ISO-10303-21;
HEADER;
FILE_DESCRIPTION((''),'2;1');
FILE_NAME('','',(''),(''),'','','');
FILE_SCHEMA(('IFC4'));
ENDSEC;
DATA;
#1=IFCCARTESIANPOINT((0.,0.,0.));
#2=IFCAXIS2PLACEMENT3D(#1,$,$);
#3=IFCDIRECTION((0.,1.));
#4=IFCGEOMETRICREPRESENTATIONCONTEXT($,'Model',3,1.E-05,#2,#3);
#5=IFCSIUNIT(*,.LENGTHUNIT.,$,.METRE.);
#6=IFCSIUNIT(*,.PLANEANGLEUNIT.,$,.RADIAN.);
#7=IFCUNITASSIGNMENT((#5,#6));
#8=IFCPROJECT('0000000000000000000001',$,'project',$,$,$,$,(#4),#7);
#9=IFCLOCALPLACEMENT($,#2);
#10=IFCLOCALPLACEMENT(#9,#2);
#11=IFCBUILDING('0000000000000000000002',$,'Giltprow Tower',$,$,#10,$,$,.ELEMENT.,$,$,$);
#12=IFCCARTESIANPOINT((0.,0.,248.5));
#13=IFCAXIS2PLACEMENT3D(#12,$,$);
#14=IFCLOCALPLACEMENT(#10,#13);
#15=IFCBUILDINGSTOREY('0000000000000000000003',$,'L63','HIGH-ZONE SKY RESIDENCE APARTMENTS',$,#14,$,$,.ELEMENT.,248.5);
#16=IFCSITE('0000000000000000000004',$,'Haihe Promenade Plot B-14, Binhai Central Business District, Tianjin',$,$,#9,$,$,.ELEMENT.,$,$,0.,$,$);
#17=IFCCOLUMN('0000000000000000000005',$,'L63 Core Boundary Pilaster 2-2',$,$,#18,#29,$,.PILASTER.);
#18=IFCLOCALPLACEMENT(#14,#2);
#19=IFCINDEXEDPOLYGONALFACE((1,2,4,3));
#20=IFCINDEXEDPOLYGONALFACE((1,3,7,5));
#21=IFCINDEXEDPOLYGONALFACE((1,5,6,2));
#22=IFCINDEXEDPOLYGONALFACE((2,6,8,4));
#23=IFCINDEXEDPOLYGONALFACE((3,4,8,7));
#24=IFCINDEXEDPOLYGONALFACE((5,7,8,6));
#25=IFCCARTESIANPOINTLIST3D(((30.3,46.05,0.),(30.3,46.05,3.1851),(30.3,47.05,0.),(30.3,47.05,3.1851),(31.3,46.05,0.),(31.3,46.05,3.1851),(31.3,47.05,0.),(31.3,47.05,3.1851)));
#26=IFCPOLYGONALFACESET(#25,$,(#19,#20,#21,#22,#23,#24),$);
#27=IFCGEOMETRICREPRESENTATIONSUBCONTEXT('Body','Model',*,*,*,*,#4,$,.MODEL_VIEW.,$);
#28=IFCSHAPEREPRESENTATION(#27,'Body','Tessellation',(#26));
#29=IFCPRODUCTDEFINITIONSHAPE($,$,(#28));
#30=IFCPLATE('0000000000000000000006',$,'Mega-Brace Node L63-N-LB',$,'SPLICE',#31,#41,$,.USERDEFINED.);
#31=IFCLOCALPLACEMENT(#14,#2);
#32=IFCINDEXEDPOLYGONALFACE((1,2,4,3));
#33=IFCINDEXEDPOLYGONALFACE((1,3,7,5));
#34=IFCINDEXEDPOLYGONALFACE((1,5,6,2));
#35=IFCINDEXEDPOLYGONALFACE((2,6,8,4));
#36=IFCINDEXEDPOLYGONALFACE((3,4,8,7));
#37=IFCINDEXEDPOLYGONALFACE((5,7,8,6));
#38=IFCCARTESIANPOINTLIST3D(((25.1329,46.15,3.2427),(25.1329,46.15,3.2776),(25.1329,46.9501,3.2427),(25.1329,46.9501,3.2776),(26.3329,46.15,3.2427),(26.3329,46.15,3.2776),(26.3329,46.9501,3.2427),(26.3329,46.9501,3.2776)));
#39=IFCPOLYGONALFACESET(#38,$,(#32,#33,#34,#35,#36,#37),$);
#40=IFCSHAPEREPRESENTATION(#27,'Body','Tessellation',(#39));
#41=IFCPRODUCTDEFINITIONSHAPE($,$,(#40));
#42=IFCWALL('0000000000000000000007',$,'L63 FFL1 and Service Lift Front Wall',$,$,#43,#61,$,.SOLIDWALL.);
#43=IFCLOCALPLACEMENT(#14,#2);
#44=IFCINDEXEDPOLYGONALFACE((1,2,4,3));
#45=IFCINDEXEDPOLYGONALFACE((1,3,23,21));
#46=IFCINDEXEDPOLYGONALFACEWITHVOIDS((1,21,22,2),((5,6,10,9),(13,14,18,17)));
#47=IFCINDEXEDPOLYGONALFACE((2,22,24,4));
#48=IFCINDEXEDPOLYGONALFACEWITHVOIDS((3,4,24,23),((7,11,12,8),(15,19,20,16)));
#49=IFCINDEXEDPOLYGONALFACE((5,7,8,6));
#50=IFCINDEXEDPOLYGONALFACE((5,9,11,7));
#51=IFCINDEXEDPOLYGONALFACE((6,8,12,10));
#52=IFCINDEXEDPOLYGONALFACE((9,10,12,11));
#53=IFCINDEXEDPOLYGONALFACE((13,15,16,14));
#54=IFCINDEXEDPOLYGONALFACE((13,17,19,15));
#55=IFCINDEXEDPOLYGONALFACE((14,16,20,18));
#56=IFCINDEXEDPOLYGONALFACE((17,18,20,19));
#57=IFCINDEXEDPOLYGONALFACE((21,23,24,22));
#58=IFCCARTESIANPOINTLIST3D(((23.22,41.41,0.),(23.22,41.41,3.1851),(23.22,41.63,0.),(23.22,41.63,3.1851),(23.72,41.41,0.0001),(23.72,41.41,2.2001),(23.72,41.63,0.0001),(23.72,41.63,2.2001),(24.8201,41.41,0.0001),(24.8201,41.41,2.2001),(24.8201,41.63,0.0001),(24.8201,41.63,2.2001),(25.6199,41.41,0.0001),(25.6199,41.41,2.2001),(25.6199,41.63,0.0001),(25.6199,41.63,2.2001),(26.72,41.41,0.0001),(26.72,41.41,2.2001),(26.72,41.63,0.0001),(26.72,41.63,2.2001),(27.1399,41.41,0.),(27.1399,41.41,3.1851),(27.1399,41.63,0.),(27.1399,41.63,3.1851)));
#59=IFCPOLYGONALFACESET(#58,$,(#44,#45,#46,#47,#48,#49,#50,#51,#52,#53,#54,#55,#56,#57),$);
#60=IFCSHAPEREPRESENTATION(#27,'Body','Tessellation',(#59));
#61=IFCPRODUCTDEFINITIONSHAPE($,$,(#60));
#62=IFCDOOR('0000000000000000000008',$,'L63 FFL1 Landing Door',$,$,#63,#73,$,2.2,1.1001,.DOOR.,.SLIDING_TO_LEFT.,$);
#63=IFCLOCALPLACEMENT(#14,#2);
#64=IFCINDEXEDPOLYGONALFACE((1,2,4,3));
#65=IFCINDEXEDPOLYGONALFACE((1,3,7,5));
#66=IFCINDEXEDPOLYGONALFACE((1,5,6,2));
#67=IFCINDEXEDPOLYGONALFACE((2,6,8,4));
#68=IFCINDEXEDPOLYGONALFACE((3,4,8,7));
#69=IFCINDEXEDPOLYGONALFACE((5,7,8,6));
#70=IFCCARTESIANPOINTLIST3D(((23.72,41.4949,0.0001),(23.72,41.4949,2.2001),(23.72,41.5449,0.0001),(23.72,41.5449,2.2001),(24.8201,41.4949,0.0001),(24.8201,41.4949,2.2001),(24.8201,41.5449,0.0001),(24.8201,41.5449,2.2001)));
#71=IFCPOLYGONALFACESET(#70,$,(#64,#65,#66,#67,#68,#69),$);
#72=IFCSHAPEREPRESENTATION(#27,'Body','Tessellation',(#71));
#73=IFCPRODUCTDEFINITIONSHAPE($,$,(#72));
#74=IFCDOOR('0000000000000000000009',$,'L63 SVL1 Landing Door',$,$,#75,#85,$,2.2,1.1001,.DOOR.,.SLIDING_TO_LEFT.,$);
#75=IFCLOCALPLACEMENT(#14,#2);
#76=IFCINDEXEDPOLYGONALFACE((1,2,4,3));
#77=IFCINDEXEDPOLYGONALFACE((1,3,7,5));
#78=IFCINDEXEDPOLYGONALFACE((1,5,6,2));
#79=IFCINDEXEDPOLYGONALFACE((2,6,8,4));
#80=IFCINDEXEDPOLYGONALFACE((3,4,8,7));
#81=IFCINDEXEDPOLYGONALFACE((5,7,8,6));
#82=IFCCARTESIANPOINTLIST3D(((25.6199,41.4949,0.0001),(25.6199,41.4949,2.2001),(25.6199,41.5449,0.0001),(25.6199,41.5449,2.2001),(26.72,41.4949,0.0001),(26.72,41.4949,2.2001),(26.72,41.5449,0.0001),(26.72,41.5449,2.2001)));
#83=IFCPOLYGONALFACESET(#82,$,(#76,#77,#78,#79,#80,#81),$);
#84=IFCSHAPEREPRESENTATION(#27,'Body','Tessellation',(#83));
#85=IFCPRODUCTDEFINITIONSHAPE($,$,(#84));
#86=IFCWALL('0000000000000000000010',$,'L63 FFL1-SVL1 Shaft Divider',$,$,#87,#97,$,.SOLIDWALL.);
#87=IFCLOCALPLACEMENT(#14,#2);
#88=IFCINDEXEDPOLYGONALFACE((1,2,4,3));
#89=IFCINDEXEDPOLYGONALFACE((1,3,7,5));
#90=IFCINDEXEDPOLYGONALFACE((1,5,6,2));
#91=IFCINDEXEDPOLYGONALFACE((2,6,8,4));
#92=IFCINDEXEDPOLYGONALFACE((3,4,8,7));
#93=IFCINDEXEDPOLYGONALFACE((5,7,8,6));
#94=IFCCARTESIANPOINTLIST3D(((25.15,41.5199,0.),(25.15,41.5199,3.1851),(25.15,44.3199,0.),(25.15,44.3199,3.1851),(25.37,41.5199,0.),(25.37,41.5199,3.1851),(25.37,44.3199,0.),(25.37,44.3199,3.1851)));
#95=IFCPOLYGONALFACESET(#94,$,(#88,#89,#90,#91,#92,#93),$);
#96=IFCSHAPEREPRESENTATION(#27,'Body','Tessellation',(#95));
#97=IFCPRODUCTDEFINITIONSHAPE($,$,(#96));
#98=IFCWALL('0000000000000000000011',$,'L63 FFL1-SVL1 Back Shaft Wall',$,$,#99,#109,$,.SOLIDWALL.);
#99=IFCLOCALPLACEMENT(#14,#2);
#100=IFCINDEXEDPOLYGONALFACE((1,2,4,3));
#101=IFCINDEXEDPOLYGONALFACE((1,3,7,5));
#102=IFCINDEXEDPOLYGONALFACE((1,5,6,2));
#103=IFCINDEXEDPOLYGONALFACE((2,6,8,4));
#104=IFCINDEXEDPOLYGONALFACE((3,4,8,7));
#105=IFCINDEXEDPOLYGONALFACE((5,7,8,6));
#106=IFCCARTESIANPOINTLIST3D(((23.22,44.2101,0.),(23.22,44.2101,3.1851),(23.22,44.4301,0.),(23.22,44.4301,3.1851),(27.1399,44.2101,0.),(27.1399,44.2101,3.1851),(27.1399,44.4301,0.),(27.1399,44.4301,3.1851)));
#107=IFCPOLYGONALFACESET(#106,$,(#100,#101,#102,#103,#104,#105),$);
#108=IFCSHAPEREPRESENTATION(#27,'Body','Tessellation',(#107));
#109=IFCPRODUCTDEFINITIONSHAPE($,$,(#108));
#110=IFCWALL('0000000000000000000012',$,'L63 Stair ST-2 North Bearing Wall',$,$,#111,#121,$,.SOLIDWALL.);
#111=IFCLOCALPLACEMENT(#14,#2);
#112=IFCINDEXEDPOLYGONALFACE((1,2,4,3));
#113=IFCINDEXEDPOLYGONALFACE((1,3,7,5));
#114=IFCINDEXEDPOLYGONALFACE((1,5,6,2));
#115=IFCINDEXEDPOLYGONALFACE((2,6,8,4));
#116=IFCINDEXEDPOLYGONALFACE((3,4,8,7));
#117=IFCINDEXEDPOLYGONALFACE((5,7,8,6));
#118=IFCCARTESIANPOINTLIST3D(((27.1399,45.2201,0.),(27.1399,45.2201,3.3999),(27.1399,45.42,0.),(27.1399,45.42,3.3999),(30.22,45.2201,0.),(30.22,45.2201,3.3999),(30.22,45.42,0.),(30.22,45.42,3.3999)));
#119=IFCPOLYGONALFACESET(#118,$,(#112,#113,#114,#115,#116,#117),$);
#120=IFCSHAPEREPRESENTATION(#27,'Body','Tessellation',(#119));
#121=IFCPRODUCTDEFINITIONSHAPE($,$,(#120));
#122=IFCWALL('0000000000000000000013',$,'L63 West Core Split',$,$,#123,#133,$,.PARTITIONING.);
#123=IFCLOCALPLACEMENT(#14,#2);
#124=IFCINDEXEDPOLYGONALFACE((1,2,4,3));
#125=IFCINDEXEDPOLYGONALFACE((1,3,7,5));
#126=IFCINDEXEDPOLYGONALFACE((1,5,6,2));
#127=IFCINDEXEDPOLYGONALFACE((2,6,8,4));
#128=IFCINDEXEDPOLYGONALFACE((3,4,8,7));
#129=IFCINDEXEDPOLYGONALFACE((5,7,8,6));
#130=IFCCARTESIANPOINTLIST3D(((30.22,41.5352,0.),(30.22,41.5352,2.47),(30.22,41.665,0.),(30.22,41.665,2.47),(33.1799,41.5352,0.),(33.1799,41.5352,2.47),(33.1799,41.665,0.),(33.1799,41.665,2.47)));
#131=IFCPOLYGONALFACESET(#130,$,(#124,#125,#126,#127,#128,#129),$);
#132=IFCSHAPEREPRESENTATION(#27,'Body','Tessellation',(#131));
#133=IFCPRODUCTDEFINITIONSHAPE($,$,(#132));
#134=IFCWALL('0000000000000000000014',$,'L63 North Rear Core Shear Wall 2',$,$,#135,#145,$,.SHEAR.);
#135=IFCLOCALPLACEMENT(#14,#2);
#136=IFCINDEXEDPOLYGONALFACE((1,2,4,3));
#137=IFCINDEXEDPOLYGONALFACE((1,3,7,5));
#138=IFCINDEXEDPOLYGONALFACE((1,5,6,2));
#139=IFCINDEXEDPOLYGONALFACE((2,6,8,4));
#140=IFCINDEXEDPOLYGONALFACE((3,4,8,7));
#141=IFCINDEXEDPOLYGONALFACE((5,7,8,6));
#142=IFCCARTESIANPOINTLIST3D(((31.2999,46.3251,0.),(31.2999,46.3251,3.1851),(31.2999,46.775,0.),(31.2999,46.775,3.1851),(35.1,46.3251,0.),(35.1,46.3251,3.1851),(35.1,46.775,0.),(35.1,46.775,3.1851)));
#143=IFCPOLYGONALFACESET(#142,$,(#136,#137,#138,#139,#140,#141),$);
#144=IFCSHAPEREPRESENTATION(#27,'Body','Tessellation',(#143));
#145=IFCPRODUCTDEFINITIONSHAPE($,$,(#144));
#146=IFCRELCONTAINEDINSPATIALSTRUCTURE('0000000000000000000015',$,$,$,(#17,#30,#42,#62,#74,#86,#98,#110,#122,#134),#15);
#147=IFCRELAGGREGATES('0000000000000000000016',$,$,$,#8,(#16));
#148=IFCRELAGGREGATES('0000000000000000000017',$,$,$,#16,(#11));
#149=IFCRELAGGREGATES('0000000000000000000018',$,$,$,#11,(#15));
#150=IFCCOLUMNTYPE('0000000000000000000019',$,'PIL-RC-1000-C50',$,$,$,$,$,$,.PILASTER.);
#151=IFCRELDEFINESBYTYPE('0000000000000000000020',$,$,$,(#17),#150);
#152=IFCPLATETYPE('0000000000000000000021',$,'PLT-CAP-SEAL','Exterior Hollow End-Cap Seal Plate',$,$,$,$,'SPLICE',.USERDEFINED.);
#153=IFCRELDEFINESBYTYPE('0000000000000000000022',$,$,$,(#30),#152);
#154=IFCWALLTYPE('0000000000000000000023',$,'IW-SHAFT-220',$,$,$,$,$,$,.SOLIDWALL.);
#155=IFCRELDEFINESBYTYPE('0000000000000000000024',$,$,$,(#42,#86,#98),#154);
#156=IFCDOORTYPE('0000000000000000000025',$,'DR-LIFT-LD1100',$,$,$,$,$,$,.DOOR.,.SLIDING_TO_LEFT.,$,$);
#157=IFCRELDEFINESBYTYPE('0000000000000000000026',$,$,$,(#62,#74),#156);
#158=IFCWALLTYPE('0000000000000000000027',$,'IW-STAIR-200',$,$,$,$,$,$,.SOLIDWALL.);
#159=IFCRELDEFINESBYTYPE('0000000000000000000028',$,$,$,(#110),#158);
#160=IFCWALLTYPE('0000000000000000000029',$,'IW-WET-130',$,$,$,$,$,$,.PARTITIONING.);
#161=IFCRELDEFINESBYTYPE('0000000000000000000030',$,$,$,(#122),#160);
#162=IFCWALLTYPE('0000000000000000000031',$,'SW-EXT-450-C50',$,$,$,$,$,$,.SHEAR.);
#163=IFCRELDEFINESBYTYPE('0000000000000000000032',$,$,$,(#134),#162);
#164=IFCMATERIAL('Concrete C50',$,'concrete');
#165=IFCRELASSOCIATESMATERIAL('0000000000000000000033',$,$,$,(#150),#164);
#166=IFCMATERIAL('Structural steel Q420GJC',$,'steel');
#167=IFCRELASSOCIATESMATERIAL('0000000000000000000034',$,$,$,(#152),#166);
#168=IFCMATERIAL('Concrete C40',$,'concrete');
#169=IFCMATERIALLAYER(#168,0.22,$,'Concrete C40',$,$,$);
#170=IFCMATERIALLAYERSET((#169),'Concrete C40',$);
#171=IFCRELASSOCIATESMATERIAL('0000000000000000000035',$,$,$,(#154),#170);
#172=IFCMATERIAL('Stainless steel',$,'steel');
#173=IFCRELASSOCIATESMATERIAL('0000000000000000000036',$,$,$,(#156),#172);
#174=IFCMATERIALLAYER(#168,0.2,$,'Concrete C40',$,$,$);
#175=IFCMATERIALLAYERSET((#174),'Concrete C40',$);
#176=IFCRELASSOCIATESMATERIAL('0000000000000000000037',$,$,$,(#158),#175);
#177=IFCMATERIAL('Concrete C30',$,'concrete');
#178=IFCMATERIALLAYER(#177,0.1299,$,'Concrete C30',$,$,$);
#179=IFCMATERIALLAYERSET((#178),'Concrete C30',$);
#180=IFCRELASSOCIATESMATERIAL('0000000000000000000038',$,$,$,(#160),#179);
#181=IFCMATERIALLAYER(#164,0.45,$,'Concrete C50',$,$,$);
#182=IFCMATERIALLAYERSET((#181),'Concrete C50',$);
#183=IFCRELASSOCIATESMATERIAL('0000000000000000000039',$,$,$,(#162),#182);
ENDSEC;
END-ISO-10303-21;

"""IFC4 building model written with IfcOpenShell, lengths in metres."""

from ifc_helpers import new_model, si_unit, direction, frame, frame_2d, origin, origin_2d, place, context, subcontext, project, spatial, rectangle, extrude, source, transform, mapped, material, layer, layer_set, material_profile, profile_set, type_object, element, fill, save


model = new_model("IFC4")

# Units and contexts
model_context = context("Model", 3, precision=1e-05, world=origin(), true_north=direction((0.0, 1.0)))
body_context = subcontext(model_context, "Body", "Model", "MODEL_VIEW")
ifc_project = project(units=[si_unit("LENGTHUNIT", "METRE"), si_unit("PLANEANGLEUNIT", "RADIAN")], contexts=[model_context])

# Site, building, storey
site_placement = place(None, origin())
site = spatial("IfcSite", under=ifc_project, at=site_placement, Name="Haihe Promenade Plot B-14, Binhai Central Business District, Tianjin", CompositionType="ELEMENT", RefElevation=0.0)
building_placement = place(site_placement, origin())
building = spatial("IfcBuilding", under=site, at=building_placement, Name="Giltprow Tower", CompositionType="ELEMENT")
storey_placement = place(building_placement, frame((0.0, 0.0, 248.5)))
storey = spatial("IfcBuildingStorey", under=building, at=storey_placement, Name="L63", Description="HIGH-ZONE SKY RESIDENCE APARTMENTS", CompositionType="ELEMENT", Elevation=248.5)

# Column
ifc_material_1 = material(Name="Concrete C50", Category="concrete")
ifc_material_profile = material_profile(ifc_material_1, rectangle(XDim=1.0, YDim=1.0, at=origin_2d()), Name="RC 1000x1000")
ifc_profile_set = profile_set([ifc_material_profile], Name="Concrete C50")
column_type = type_object("IfcColumnType", Name="PIL-RC-1000-C50", PredefinedType="PILASTER", material=ifc_profile_set)
shared_shape_1 = source(origin(), body_context, "Body", "SweptSolid", [
    extrude(rectangle(XDim=1.0, YDim=1.0, at=origin_2d()), origin(), (0.0, 0.0, 1.0), 3.1851),
])
column_placement = place(storey_placement, frame((30.8, 46.55, 0.0), z_axis=(0.0, 0.0, 1.0), x_axis=(1.0, 0.0, 0.0)))
element("IfcColumn", 1, at=column_placement, inside=storey, type_object=column_type, Name="L63 Core Boundary Pilaster 2-2", PredefinedType="PILASTER", context=body_context, shape_type="MappedRepresentation", body=[
    mapped(shared_shape_1, transform((0.0, 0.0, 0.0), x_axis=(1.0, 0.0, 0.0), y_axis=(0.0, 1.0, 0.0), z_axis=(0.0, 0.0, 1.0), scale=1.0)),
])

# Plate
ifc_material_2 = material(Name="Structural steel Q420GJC", Category="steel")
plate_type = type_object("IfcPlateType", Name="PLT-CAP-SEAL", Description="Exterior Hollow End-Cap Seal Plate", ElementType="SPLICE", PredefinedType="USERDEFINED", material=ifc_material_2)
shared_shape_2 = source(origin(), body_context, "Body", "SweptSolid", [
    extrude(rectangle(XDim=1.2, YDim=0.8, at=origin_2d()), origin(), (0.0, 0.0, 1.0), 0.0349),
])
plate_placement = place(storey_placement, frame((25.7329, 46.55, 3.2427), z_axis=(0.0, 0.0, 1.0), x_axis=(1.0, 0.0, 0.0)))
element("IfcPlate", 2, at=plate_placement, inside=storey, type_object=plate_type, Name="Mega-Brace Node L63-N-LB", ObjectType="SPLICE", PredefinedType="USERDEFINED", context=body_context, shape_type="MappedRepresentation", body=[
    mapped(shared_shape_2, transform((0.0, 0.0, 0.0), x_axis=(1.0, 0.0, 0.0), y_axis=(0.0, 1.0, 0.0), z_axis=(0.0, 0.0, 1.0), scale=1.0)),
])

# Wall, openings, doors
ifc_material_3 = material(Name="Concrete C40", Category="concrete")
ifc_layer_1 = layer(ifc_material_3, 0.22, Name="Concrete C40")
ifc_layer_set_1 = layer_set([ifc_layer_1], Name="Concrete C40")
wall_type_1 = type_object("IfcWallType", Name="IW-SHAFT-220", PredefinedType="SOLIDWALL", material=ifc_layer_set_1)
wall_1_placement = place(storey_placement, frame((23.22, 41.52, 0.0), z_axis=(0.0, 0.0, 1.0), x_axis=(1.0, 0.0, 0.0)))
wall_1 = element("IfcWall", 3, at=wall_1_placement, inside=storey, type_object=wall_type_1, Name="L63 FFL1 and Service Lift Front Wall", PredefinedType="SOLIDWALL", context=body_context, shape_type="SweptSolid", body=[
    extrude(rectangle(XDim=3.9199, YDim=0.22, at=frame_2d((1.96, 0.0))), origin(), (0.0, 0.0, 1.0), 3.1851),
])
opening_1_placement = place(wall_1_placement, frame((0.5, 0.0, 0.0)))
opening_1 = element("IfcOpeningElement", 4, at=opening_1_placement, cuts=wall_1, PredefinedType="OPENING", context=body_context, shape_type="SweptSolid", body=[
    extrude(rectangle(XDim=1.1001, YDim=2.2, at=frame_2d((0.55, 1.1001))), frame((0.0, 0.1199, 0.0), z_axis=(0.0, -1.0, 0.0), x_axis=(1.0, 0.0, 0.0)), (0.0, 0.0, 1.0), 0.24),
])
opening_2_placement = place(wall_1_placement, frame((2.3999, 0.0, 0.0)))
opening_2 = element("IfcOpeningElement", 5, at=opening_2_placement, cuts=wall_1, PredefinedType="OPENING", context=body_context, shape_type="SweptSolid", body=[
    extrude(rectangle(XDim=1.1001, YDim=2.2, at=frame_2d((0.55, 1.1001))), frame((0.0, 0.1199, 0.0), z_axis=(0.0, -1.0, 0.0), x_axis=(1.0, 0.0, 0.0)), (0.0, 0.0, 1.0), 0.24),
])
ifc_material_4 = material(Name="Stainless steel", Category="steel")
door_type = type_object("IfcDoorType", Name="DR-LIFT-LD1100", OperationType="SLIDING_TO_LEFT", PredefinedType="DOOR", material=ifc_material_4)
shared_shape_3 = source(origin(), body_context, "Body", "SweptSolid", [
    extrude(rectangle(XDim=1.1001, YDim=2.2, at=frame_2d((0.55, 1.1001))), frame((0.0, 0.0249, 0.0), z_axis=(0.0, -1.0, 0.0), x_axis=(1.0, 0.0, 0.0)), (0.0, 0.0, 1.0), 0.05),
])
door_1_placement = place(opening_1_placement, origin())
door_1 = element("IfcDoor", 6, at=door_1_placement, inside=storey, type_object=door_type, Name="L63 FFL1 Landing Door", OperationType="SLIDING_TO_LEFT", OverallHeight=2.2, OverallWidth=1.1001, PredefinedType="DOOR", context=body_context, shape_type="MappedRepresentation", body=[
    mapped(shared_shape_3, transform((0.0, 0.0, 0.0), x_axis=(1.0, 0.0, 0.0), y_axis=(0.0, 1.0, 0.0), z_axis=(0.0, 0.0, 1.0), scale=1.0)),
])
fill(opening_1, door_1)
door_2_placement = place(opening_2_placement, origin())
door_2 = element("IfcDoor", 7, at=door_2_placement, inside=storey, type_object=door_type, Name="L63 SVL1 Landing Door", OperationType="SLIDING_TO_LEFT", OverallHeight=2.2, OverallWidth=1.1001, PredefinedType="DOOR", context=body_context, shape_type="MappedRepresentation", body=[
    mapped(shared_shape_3, transform((0.0, 0.0, 0.0), x_axis=(1.0, 0.0, 0.0), y_axis=(0.0, 1.0, 0.0), z_axis=(0.0, 0.0, 1.0), scale=1.0)),
])
fill(opening_2, door_2)

# Walls
wall_2_placement = place(storey_placement, frame((25.26, 41.52, 0.0), z_axis=(0.0, 0.0, 1.0), x_axis=(0.0, 1.0, 0.0)))
element("IfcWall", 8, at=wall_2_placement, inside=storey, type_object=wall_type_1, Name="L63 FFL1-SVL1 Shaft Divider", PredefinedType="SOLIDWALL", context=body_context, shape_type="SweptSolid", body=[
    extrude(rectangle(XDim=2.8, YDim=0.22, at=frame_2d((1.3999, 0.0))), origin(), (0.0, 0.0, 1.0), 3.1851),
])
wall_3_placement = place(storey_placement, frame((23.22, 44.3201, 0.0), z_axis=(0.0, 0.0, 1.0), x_axis=(1.0, 0.0, 0.0)))
element("IfcWall", 9, at=wall_3_placement, inside=storey, type_object=wall_type_1, Name="L63 FFL1-SVL1 Back Shaft Wall", PredefinedType="SOLIDWALL", context=body_context, shape_type="SweptSolid", body=[
    extrude(rectangle(XDim=3.9199, YDim=0.22, at=frame_2d((1.96, 0.0))), origin(), (0.0, 0.0, 1.0), 3.1851),
])
ifc_layer_2 = layer(ifc_material_3, 0.2, Name="Concrete C40")
ifc_layer_set_2 = layer_set([ifc_layer_2], Name="Concrete C40")
wall_type_2 = type_object("IfcWallType", Name="IW-STAIR-200", PredefinedType="SOLIDWALL", material=ifc_layer_set_2)
wall_4_placement = place(storey_placement, frame((27.1399, 45.3201, 0.0), z_axis=(0.0, 0.0, 1.0), x_axis=(1.0, 0.0, 0.0)))
element("IfcWall", 10, at=wall_4_placement, inside=storey, type_object=wall_type_2, Name="L63 Stair ST-2 North Bearing Wall", PredefinedType="SOLIDWALL", context=body_context, shape_type="SweptSolid", body=[
    extrude(rectangle(XDim=3.0801, YDim=0.2, at=frame_2d((1.54, 0.0))), origin(), (0.0, 0.0, 1.0), 3.3999),
])
ifc_material_5 = material(Name="Concrete C30", Category="concrete")
ifc_layer_3 = layer(ifc_material_5, 0.1299, Name="Concrete C30")
ifc_layer_set_3 = layer_set([ifc_layer_3], Name="Concrete C30")
wall_type_3 = type_object("IfcWallType", Name="IW-WET-130", PredefinedType="PARTITIONING", material=ifc_layer_set_3)
wall_5_placement = place(storey_placement, frame((30.22, 41.6001, 0.0), z_axis=(0.0, 0.0, 1.0), x_axis=(1.0, 0.0, 0.0)))
element("IfcWall", 11, at=wall_5_placement, inside=storey, type_object=wall_type_3, Name="L63 West Core Split", PredefinedType="PARTITIONING", context=body_context, shape_type="SweptSolid", body=[
    extrude(rectangle(XDim=2.96, YDim=0.1299, at=frame_2d((1.48, 0.0))), origin(), (0.0, 0.0, 1.0), 2.47),
])
ifc_layer_4 = layer(ifc_material_1, 0.45, Name="Concrete C50")
ifc_layer_set_4 = layer_set([ifc_layer_4], Name="Concrete C50")
wall_type_4 = type_object("IfcWallType", Name="SW-EXT-450-C50", PredefinedType="SHEAR", material=ifc_layer_set_4)
wall_6_placement = place(storey_placement, frame((31.3, 46.55, 0.0), z_axis=(0.0, 0.0, 1.0), x_axis=(1.0, 0.0, 0.0)))
element("IfcWall", 12, at=wall_6_placement, inside=storey, type_object=wall_type_4, Name="L63 North Rear Core Shear Wall 2", PredefinedType="SHEAR", context=body_context, shape_type="SweptSolid", body=[
    extrude(rectangle(XDim=3.8, YDim=0.45, at=frame_2d((1.8999, 0.0))), origin(), (0.0, 0.0, 1.0), 3.1851),
])

save(model, "model.ifc")
